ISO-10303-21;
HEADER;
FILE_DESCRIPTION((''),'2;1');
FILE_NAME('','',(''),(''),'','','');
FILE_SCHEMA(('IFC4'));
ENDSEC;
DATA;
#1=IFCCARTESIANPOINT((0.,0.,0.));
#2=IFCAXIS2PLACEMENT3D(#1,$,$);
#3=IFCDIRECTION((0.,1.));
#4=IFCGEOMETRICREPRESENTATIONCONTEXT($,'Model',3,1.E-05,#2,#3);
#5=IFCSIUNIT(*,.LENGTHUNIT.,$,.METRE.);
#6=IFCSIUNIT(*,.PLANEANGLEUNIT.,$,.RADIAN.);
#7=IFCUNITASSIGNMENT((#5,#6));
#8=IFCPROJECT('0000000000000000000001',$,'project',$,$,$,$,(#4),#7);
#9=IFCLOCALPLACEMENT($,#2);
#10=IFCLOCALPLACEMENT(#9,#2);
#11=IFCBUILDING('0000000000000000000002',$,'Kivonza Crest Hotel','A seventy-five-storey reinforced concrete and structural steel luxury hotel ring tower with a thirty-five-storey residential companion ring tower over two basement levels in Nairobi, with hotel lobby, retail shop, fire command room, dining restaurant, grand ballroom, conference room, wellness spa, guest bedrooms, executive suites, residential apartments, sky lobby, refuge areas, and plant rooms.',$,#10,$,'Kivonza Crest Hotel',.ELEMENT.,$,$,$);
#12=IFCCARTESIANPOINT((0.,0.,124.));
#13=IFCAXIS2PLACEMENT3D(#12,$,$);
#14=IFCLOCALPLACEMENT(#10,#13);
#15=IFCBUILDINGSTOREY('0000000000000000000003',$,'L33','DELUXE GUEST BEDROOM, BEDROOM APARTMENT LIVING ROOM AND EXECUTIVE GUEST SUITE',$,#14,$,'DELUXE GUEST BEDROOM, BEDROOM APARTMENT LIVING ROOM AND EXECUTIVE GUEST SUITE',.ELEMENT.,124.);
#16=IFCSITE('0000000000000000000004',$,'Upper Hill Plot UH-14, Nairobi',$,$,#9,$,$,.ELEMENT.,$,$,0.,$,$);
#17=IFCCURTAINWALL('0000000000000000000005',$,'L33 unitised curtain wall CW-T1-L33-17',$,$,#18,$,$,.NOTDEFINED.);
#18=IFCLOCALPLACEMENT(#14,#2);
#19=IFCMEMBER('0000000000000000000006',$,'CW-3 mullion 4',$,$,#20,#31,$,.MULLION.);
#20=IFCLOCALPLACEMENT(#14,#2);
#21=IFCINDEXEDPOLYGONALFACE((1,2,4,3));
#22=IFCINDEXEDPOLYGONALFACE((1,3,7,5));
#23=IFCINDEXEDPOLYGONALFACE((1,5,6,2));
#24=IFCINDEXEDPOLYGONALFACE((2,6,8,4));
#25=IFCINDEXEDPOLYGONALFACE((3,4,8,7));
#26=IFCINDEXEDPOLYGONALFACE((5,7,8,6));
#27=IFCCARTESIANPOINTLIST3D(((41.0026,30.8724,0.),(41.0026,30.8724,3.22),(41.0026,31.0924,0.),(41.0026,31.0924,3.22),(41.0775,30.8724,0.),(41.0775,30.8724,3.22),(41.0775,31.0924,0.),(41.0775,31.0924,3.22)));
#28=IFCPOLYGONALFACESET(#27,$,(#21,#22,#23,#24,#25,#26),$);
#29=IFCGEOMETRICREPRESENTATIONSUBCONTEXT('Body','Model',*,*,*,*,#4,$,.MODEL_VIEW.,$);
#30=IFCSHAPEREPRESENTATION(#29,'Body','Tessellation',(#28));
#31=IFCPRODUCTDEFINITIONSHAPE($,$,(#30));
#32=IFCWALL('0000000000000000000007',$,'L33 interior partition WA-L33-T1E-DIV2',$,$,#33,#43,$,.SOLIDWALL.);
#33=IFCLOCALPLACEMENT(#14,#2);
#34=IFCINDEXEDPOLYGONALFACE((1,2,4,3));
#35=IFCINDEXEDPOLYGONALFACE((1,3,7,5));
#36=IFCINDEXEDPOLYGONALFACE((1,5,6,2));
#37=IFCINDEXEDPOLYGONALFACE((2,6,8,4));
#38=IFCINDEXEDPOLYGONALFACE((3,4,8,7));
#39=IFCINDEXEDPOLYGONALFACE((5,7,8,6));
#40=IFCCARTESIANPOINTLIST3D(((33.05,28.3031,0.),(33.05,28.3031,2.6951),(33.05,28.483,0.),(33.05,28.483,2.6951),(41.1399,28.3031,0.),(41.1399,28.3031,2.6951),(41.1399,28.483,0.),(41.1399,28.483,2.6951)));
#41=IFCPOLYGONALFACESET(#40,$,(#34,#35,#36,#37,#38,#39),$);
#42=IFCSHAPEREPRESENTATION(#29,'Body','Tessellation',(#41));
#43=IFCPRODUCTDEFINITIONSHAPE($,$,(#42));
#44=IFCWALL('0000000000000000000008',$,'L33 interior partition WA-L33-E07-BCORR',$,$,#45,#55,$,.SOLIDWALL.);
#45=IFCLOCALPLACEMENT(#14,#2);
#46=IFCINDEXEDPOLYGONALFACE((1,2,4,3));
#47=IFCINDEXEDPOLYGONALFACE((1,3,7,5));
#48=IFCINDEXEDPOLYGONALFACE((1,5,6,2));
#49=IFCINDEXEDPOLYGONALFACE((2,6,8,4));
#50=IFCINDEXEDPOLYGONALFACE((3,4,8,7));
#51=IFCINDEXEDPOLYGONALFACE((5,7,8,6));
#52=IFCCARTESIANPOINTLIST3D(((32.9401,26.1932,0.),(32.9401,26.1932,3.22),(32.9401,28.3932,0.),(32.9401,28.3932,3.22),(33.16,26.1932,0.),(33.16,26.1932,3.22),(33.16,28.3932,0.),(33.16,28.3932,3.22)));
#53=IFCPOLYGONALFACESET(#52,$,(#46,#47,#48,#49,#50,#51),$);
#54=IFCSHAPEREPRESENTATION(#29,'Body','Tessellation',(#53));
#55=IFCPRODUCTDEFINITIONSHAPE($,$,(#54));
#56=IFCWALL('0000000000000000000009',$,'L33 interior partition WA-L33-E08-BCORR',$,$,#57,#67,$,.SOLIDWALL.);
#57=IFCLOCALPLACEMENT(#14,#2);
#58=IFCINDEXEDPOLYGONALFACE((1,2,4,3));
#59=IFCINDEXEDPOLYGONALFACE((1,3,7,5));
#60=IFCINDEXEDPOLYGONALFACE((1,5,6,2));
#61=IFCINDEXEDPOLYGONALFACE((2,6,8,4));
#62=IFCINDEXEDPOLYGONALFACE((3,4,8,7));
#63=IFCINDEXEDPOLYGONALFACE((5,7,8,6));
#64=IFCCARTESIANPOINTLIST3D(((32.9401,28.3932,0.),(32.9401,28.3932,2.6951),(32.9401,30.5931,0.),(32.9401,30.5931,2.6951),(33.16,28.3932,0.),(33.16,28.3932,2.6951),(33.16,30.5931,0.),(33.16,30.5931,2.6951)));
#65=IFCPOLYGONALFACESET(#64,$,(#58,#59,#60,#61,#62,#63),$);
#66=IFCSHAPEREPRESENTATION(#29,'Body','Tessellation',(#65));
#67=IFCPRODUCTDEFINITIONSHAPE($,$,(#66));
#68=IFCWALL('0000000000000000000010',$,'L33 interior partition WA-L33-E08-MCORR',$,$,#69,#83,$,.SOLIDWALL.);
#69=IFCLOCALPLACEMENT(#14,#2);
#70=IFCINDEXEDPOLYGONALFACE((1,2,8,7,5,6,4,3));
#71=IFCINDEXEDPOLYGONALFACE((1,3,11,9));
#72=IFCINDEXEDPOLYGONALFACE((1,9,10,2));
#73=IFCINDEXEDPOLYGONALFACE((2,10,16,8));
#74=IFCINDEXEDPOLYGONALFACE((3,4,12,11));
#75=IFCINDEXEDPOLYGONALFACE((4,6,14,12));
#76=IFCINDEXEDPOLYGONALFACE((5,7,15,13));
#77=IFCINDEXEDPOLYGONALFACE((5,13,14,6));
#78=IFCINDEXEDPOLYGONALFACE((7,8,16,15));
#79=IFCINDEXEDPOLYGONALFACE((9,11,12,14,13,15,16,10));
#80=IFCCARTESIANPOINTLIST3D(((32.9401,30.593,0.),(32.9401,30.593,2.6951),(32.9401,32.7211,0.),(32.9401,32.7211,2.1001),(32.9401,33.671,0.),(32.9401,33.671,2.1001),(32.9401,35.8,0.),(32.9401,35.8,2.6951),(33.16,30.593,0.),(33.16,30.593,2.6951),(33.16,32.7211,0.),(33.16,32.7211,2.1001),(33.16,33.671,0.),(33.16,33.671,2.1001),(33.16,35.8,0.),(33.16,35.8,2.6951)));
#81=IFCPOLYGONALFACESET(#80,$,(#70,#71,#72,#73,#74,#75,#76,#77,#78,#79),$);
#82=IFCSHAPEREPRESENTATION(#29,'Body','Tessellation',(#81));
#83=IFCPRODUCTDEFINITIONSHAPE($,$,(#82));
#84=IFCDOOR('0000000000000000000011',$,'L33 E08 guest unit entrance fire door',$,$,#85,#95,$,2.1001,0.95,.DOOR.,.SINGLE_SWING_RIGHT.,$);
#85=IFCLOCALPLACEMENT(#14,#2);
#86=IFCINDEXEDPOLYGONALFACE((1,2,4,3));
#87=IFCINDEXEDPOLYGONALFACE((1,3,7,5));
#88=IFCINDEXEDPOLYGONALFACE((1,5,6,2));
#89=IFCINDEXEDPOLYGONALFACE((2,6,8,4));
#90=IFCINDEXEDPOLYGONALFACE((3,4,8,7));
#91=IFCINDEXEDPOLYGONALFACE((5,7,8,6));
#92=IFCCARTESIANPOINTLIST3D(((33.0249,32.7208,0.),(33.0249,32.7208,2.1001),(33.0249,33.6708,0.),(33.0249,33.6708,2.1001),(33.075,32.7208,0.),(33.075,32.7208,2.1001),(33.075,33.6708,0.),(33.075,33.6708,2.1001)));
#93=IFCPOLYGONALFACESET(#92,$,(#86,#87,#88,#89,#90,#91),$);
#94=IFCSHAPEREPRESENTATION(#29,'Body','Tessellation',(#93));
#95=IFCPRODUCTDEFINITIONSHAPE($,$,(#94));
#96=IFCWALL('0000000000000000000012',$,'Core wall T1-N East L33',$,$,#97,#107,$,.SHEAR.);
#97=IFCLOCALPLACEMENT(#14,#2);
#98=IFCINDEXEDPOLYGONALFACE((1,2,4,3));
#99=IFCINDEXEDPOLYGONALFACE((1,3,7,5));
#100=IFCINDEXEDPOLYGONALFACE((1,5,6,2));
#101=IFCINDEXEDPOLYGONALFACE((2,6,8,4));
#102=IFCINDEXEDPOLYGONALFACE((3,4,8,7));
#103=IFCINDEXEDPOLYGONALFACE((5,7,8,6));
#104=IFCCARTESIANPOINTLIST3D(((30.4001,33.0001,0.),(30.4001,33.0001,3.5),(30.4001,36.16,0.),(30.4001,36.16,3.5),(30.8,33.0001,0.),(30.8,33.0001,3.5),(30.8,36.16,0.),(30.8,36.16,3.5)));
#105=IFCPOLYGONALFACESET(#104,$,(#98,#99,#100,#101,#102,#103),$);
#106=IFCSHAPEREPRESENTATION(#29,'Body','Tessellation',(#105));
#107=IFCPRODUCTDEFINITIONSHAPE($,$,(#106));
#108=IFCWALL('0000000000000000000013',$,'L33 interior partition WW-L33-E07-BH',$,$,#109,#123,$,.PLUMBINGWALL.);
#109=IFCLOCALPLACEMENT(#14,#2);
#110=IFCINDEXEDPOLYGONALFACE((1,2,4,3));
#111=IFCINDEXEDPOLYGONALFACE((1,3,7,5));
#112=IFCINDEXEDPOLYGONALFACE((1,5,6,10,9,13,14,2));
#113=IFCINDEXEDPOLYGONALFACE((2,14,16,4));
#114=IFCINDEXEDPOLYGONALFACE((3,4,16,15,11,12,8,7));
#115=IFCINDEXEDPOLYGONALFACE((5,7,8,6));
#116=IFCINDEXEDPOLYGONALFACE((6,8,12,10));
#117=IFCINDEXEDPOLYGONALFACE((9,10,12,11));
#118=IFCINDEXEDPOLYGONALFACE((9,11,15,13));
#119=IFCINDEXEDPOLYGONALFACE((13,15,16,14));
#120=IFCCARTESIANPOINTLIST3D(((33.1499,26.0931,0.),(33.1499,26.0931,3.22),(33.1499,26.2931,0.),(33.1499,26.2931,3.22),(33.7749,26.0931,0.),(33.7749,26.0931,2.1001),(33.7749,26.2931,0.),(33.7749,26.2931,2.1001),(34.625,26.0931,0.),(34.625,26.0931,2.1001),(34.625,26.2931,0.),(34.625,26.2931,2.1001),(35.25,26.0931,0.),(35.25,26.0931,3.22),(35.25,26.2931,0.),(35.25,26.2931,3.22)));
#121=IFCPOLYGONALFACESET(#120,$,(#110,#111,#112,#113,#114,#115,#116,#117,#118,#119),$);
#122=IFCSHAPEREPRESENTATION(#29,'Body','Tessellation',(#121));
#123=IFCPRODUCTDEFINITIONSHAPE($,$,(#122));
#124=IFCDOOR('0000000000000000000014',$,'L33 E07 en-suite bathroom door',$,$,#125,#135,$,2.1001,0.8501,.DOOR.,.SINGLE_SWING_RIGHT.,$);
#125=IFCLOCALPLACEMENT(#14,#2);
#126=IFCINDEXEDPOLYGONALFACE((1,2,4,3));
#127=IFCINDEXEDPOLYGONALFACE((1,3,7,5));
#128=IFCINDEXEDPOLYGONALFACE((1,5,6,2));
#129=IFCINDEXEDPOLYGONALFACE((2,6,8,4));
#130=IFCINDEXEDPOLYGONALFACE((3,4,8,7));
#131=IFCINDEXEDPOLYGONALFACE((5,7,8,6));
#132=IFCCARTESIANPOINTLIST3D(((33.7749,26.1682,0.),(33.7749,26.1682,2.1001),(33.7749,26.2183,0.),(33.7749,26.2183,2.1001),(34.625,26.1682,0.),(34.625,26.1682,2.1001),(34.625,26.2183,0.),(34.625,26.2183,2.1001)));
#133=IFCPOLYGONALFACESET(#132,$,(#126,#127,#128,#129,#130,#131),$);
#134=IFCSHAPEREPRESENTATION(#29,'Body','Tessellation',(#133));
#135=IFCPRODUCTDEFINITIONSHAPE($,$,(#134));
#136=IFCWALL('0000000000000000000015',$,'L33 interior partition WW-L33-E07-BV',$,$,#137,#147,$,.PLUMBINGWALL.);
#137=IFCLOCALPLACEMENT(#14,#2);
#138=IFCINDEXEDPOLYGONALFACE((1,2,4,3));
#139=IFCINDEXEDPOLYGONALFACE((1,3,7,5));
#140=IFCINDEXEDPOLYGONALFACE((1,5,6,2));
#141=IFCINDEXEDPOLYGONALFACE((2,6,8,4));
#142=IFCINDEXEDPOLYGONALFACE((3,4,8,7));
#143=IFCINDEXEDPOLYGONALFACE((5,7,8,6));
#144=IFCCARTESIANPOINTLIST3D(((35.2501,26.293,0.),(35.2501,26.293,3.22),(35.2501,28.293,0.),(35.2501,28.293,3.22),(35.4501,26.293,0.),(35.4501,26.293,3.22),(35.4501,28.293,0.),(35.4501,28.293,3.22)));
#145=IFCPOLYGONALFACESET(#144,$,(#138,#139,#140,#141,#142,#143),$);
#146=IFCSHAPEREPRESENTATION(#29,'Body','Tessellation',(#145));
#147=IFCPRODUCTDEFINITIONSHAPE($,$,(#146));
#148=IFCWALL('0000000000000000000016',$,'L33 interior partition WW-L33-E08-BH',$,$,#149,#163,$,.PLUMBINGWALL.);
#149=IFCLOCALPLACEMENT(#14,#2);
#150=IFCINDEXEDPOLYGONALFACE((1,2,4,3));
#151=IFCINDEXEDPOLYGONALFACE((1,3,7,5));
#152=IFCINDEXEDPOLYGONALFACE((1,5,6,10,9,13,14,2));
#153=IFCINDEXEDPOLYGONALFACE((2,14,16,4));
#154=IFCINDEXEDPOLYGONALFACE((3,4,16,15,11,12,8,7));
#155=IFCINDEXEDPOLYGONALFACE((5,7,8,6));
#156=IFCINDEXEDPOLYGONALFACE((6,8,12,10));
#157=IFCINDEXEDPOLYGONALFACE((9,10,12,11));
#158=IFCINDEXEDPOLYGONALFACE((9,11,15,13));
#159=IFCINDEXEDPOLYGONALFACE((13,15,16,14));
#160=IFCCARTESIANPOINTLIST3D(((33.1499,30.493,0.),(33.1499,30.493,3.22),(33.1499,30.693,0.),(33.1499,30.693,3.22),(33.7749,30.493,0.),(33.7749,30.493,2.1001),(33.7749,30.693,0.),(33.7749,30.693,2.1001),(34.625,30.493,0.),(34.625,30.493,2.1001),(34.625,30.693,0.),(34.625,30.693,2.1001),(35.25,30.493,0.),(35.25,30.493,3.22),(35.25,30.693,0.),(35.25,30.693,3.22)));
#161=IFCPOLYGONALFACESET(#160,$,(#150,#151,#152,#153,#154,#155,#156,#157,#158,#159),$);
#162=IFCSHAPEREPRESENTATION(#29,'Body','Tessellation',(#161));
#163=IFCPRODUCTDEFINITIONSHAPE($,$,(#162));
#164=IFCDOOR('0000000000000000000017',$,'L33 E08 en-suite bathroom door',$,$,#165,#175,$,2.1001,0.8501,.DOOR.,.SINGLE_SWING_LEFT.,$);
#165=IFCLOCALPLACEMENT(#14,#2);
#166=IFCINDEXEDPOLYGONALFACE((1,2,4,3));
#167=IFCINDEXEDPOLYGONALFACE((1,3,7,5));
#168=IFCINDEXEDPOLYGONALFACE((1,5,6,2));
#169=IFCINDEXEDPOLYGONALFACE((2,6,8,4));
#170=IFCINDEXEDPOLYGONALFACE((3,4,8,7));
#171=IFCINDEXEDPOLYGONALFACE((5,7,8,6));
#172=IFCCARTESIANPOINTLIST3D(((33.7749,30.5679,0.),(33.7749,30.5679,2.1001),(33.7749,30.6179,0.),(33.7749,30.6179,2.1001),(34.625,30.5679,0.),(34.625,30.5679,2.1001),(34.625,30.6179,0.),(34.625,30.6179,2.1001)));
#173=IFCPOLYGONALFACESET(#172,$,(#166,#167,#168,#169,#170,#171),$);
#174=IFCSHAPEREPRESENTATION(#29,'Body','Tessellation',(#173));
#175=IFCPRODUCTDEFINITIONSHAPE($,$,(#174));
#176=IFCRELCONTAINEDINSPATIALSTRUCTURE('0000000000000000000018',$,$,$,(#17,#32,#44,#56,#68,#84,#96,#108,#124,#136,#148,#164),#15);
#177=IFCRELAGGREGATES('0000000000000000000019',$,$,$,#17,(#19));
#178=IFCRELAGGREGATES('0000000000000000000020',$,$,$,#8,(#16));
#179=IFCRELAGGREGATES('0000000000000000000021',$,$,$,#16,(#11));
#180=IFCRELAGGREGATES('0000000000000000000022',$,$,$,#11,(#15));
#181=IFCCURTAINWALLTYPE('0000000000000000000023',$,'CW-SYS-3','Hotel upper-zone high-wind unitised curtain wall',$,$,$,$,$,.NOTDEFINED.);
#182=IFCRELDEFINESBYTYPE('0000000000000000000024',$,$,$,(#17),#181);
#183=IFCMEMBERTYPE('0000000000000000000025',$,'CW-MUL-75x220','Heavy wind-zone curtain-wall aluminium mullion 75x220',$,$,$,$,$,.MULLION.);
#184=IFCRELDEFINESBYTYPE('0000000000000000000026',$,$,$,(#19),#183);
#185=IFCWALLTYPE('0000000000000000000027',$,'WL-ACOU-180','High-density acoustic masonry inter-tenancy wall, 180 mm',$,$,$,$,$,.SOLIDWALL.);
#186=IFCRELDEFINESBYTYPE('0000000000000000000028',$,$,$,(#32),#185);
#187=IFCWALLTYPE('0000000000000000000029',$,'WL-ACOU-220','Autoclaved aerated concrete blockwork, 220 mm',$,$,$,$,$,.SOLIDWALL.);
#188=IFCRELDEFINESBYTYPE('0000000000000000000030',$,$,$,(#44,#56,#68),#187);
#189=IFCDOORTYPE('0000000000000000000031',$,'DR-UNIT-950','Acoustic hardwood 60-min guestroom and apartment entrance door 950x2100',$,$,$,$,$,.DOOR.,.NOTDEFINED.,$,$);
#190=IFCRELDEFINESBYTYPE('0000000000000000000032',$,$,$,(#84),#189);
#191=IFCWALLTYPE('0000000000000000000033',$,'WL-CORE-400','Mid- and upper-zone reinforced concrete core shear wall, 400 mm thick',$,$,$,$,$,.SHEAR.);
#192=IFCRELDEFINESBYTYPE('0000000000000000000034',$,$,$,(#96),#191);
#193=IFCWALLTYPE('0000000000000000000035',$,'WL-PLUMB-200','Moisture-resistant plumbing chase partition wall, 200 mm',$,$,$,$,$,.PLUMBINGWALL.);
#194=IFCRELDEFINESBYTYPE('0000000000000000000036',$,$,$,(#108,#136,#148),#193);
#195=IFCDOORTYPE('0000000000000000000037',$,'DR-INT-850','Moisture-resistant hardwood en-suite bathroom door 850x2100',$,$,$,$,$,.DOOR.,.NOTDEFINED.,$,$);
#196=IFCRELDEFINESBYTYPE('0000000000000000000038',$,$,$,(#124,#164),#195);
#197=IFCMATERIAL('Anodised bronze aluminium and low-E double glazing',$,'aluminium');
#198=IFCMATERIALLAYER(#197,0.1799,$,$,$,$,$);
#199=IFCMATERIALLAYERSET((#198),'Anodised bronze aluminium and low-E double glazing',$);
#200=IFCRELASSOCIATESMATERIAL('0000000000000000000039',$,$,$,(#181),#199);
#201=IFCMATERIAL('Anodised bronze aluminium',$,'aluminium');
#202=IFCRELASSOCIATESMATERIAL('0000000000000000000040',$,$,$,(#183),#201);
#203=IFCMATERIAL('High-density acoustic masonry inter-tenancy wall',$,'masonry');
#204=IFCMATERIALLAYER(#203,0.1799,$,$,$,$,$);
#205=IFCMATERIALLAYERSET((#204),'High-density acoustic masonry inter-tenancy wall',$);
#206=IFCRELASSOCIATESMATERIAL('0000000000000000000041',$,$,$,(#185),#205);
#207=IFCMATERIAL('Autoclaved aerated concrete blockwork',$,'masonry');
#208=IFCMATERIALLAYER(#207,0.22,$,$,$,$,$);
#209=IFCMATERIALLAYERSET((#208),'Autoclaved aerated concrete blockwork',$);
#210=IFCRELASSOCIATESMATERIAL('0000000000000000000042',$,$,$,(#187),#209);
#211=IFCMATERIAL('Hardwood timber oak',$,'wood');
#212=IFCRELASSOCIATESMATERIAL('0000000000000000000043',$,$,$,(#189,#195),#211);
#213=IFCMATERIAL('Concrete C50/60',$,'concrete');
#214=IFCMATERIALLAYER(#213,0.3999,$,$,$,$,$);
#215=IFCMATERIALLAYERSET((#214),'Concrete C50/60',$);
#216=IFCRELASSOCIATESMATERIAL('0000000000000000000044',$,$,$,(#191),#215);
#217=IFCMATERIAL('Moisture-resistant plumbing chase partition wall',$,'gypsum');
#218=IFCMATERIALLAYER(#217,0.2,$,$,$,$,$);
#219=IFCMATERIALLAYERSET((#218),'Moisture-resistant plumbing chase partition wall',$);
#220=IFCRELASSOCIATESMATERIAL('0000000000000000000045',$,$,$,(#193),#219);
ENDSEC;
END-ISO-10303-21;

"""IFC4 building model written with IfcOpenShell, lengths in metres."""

from ifc_helpers import new_model, si_unit, direction, frame, frame_2d, origin, origin_2d, place, context, subcontext, project, spatial, rectangle, extrude, material, layer, layer_set, material_profile, profile_set, type_object, element, fill, aggregate, save


model = new_model("IFC4")

# Units and contexts
model_context = context("Model", 3, precision=1e-05, world=origin(), true_north=direction((0.0, 1.0)))
body_context = subcontext(model_context, "Body", "Model", "MODEL_VIEW")
ifc_project = project(units=[si_unit("LENGTHUNIT", "METRE"), si_unit("PLANEANGLEUNIT", "RADIAN")], contexts=[model_context])

# Site, building, storey
site_placement = place(None, origin())
site = spatial("IfcSite", under=ifc_project, at=site_placement, Name="Upper Hill Plot UH-14, Nairobi", CompositionType="ELEMENT", RefElevation=0.0)
building_placement = place(site_placement, origin())
building = spatial("IfcBuilding", under=site, at=building_placement, Name="Kivonza Crest Hotel", Description="A seventy-five-storey reinforced concrete and structural steel luxury hotel ring tower with a thirty-five-storey residential companion ring tower over two basement levels in Nairobi, with hotel lobby, retail shop, fire command room, dining restaurant, grand ballroom, conference room, wellness spa, guest bedrooms, executive suites, residential apartments, sky lobby, refuge areas, and plant rooms.", LongName="Kivonza Crest Hotel", CompositionType="ELEMENT")
storey_placement = place(building_placement, frame((0.0, 0.0, 124.0)))
storey = spatial("IfcBuildingStorey", under=building, at=storey_placement, Name="L33", Description="DELUXE GUEST BEDROOM, BEDROOM APARTMENT LIVING ROOM AND EXECUTIVE GUEST SUITE", LongName="DELUXE GUEST BEDROOM, BEDROOM APARTMENT LIVING ROOM AND EXECUTIVE GUEST SUITE", CompositionType="ELEMENT", Elevation=124.0)

# Shared definitions
ifc_material_1 = material(Name="Concrete C50/60", Category="concrete")

# Curtain wall, member
ifc_material_2 = material(Name="Anodised bronze aluminium and low-E double glazing", Category="aluminium")
ifc_layer_1 = layer(ifc_material_2, 0.1799)
ifc_layer_set_1 = layer_set([ifc_layer_1], Name="Anodised bronze aluminium and low-E double glazing")
curtain_wall_type = type_object("IfcCurtainWallType", Name="CW-SYS-3", Description="Hotel upper-zone high-wind unitised curtain wall", PredefinedType="NOTDEFINED", material=ifc_layer_set_1)
curtain_wall_placement = place(storey_placement, origin())
curtain_wall = element("IfcCurtainWall", 1, at=curtain_wall_placement, inside=storey, type_object=curtain_wall_type, Name="L33 unitised curtain wall CW-T1-L33-17", PredefinedType="NOTDEFINED")
ifc_material_3 = material(Name="Anodised bronze aluminium", Category="aluminium")
ifc_material_profile_1 = material_profile(ifc_material_3, rectangle(XDim=0.075, YDim=0.22, at=origin_2d()), Name="CW-M 75x220")
ifc_profile_set_1 = profile_set([ifc_material_profile_1], Name="Anodised bronze aluminium")
member_type = type_object("IfcMemberType", Name="CW-MUL-75x220", Description="Heavy wind-zone curtain-wall aluminium mullion 75x220", PredefinedType="MULLION", material=ifc_profile_set_1)
member_1_placement = place(storey_placement, frame((41.04, 30.9824, 0.0), z_axis=(0.0, 0.0, 1.0), x_axis=(-1.0, 0.0, 0.0)))
member_1 = element("IfcMember", 2, at=member_1_placement, type_object=member_type, Name="CW-3 mullion 4", PredefinedType="MULLION", context=body_context, shape_type="SweptSolid", body=[
    extrude(rectangle(XDim=0.075, YDim=0.22, at=origin_2d()), origin(), (0.0, 0.0, 1.0), 3.22),
])
aggregate(curtain_wall, [member_1])

# Walls
ifc_material_4 = material(Name="High-density acoustic masonry inter-tenancy wall", Category="masonry")
ifc_layer_2 = layer(ifc_material_4, 0.1799)
ifc_layer_set_2 = layer_set([ifc_layer_2], Name="High-density acoustic masonry inter-tenancy wall")
wall_type_1 = type_object("IfcWallType", Name="WL-ACOU-180", Description="High-density acoustic masonry inter-tenancy wall, 180 mm", PredefinedType="SOLIDWALL", material=ifc_layer_set_2)
wall_1_placement = place(storey_placement, frame((33.05, 28.3931, 0.0), z_axis=(0.0, 0.0, 1.0), x_axis=(1.0, 0.0, 0.0)))
element("IfcWall", 3, at=wall_1_placement, inside=storey, type_object=wall_type_1, Name="L33 interior partition WA-L33-T1E-DIV2", PredefinedType="SOLIDWALL", context=body_context, shape_type="SweptSolid", body=[
    extrude(rectangle(XDim=8.0898, YDim=0.1799, at=frame_2d((4.0449, 0.0))), origin(), (0.0, 0.0, 1.0), 2.6951),
])
ifc_material_5 = material(Name="Autoclaved aerated concrete blockwork", Category="masonry")
ifc_layer_3 = layer(ifc_material_5, 0.22)
ifc_layer_set_3 = layer_set([ifc_layer_3], Name="Autoclaved aerated concrete blockwork")
wall_type_2 = type_object("IfcWallType", Name="WL-ACOU-220", Description="Autoclaved aerated concrete blockwork, 220 mm", PredefinedType="SOLIDWALL", material=ifc_layer_set_3)
wall_2_placement = place(storey_placement, frame((33.05, 26.1931, 0.0), z_axis=(0.0, 0.0, 1.0), x_axis=(0.0, 1.0, 0.0)))
element("IfcWall", 4, at=wall_2_placement, inside=storey, type_object=wall_type_2, Name="L33 interior partition WA-L33-E07-BCORR", PredefinedType="SOLIDWALL", context=body_context, shape_type="SweptSolid", body=[
    extrude(rectangle(XDim=2.2, YDim=0.22, at=frame_2d((1.1001, 0.0))), origin(), (0.0, 0.0, 1.0), 3.22),
])
wall_3_placement = place(storey_placement, frame((33.05, 28.3931, 0.0), z_axis=(0.0, 0.0, 1.0), x_axis=(0.0, 1.0, 0.0)))
element("IfcWall", 5, at=wall_3_placement, inside=storey, type_object=wall_type_2, Name="L33 interior partition WA-L33-E08-BCORR", PredefinedType="SOLIDWALL", context=body_context, shape_type="SweptSolid", body=[
    extrude(rectangle(XDim=2.2, YDim=0.22, at=frame_2d((1.1001, 0.0))), origin(), (0.0, 0.0, 1.0), 2.6951),
])

# Wall, opening, door
wall_4_placement = place(storey_placement, frame((33.05, 30.593, 0.0), z_axis=(0.0, 0.0, 1.0), x_axis=(0.0, 1.0, 0.0)))
wall_4 = element("IfcWall", 6, at=wall_4_placement, inside=storey, type_object=wall_type_2, Name="L33 interior partition WA-L33-E08-MCORR", PredefinedType="SOLIDWALL", context=body_context, shape_type="SweptSolid", body=[
    extrude(rectangle(XDim=5.207, YDim=0.22, at=frame_2d((2.6035, 0.0))), origin(), (0.0, 0.0, 1.0), 2.6951),
])
opening_1_placement = place(wall_4_placement, frame((2.1279, 0.0, 0.0)))
opening_1 = element("IfcOpeningElement", 7, at=opening_1_placement, cuts=wall_4, PredefinedType="OPENING", context=body_context, shape_type="SweptSolid", body=[
    extrude(rectangle(XDim=0.95, YDim=2.1001, at=frame_2d((0.4751, 1.05))), frame((0.0, 0.1201, 0.0), z_axis=(0.0, -1.0, 0.0), x_axis=(1.0, 0.0, 0.0)), (0.0, 0.0, 1.0), 0.24),
])
ifc_material_6 = material(Name="Hardwood timber oak", Category="wood")
door_type_1 = type_object("IfcDoorType", Name="DR-UNIT-950", Description="Acoustic hardwood 60-min guestroom and apartment entrance door 950x2100", OperationType="NOTDEFINED", PredefinedType="DOOR", material=ifc_material_6)
door_1_placement = place(opening_1_placement, frame((0.95, 0.0, 0.0), z_axis=(0.0, 0.0, 1.0), x_axis=(-1.0, 0.0, 0.0)))
door_1 = element("IfcDoor", 8, at=door_1_placement, inside=storey, type_object=door_type_1, Name="L33 E08 guest unit entrance fire door", OperationType="SINGLE_SWING_RIGHT", OverallHeight=2.1001, OverallWidth=0.95, PredefinedType="DOOR", context=body_context, shape_type="SweptSolid", body=[
    extrude(rectangle(XDim=0.95, YDim=2.1001, at=frame_2d((0.4751, 1.05))), frame((0.0, 0.0249, 0.0), z_axis=(0.0, -1.0, 0.0), x_axis=(1.0, 0.0, 0.0)), (0.0, 0.0, 1.0), 0.05),
])
fill(opening_1, door_1)

# Wall
ifc_layer_4 = layer(ifc_material_1, 0.3999)
ifc_layer_set_4 = layer_set([ifc_layer_4], Name="Concrete C50/60")
wall_type_3 = type_object("IfcWallType", Name="WL-CORE-400", Description="Mid- and upper-zone reinforced concrete core shear wall, 400 mm thick", PredefinedType="SHEAR", material=ifc_layer_set_4)
wall_5_placement = place(storey_placement, frame((30.6001, 33.0, 0.0), z_axis=(0.0, 0.0, 1.0), x_axis=(0.0, 1.0, 0.0)))
element("IfcWall", 9, at=wall_5_placement, inside=storey, type_object=wall_type_3, Name="Core wall T1-N East L33", PredefinedType="SHEAR", context=body_context, shape_type="SweptSolid", body=[
    extrude(rectangle(XDim=3.1599, YDim=0.3999, at=frame_2d((1.5801, 0.0))), origin(), (0.0, 0.0, 1.0), 3.5),
])

# Wall, opening, door
ifc_material_7 = material(Name="Moisture-resistant plumbing chase partition wall", Category="gypsum")
ifc_layer_5 = layer(ifc_material_7, 0.2)
ifc_layer_set_5 = layer_set([ifc_layer_5], Name="Moisture-resistant plumbing chase partition wall")
wall_type_4 = type_object("IfcWallType", Name="WL-PLUMB-200", Description="Moisture-resistant plumbing chase partition wall, 200 mm", PredefinedType="PLUMBINGWALL", material=ifc_layer_set_5)
wall_6_placement = place(storey_placement, frame((33.1499, 26.1931, 0.0), z_axis=(0.0, 0.0, 1.0), x_axis=(1.0, 0.0, 0.0)))
wall_6 = element("IfcWall", 10, at=wall_6_placement, inside=storey, type_object=wall_type_4, Name="L33 interior partition WW-L33-E07-BH", PredefinedType="PLUMBINGWALL", context=body_context, shape_type="SweptSolid", body=[
    extrude(rectangle(XDim=2.1001, YDim=0.2, at=frame_2d((1.05, 0.0))), origin(), (0.0, 0.0, 1.0), 3.22),
])
opening_2_placement = place(wall_6_placement, frame((0.625, 0.0, 0.0)))
opening_2 = element("IfcOpeningElement", 11, at=opening_2_placement, cuts=wall_6, PredefinedType="OPENING", context=body_context, shape_type="SweptSolid", body=[
    extrude(rectangle(XDim=0.8501, YDim=2.1001, at=frame_2d((0.425, 1.05))), frame((0.0, 0.1099, 0.0), z_axis=(0.0, -1.0, 0.0), x_axis=(1.0, 0.0, 0.0)), (0.0, 0.0, 1.0), 0.22),
])
door_type_2 = type_object("IfcDoorType", Name="DR-INT-850", Description="Moisture-resistant hardwood en-suite bathroom door 850x2100", OperationType="NOTDEFINED", PredefinedType="DOOR", material=ifc_material_6)
door_2_placement = place(opening_2_placement, frame((0.8501, 0.0, 0.0), z_axis=(0.0, 0.0, 1.0), x_axis=(-1.0, 0.0, 0.0)))
door_2 = element("IfcDoor", 12, at=door_2_placement, inside=storey, type_object=door_type_2, Name="L33 E07 en-suite bathroom door", OperationType="SINGLE_SWING_RIGHT", OverallHeight=2.1001, OverallWidth=0.8501, PredefinedType="DOOR", context=body_context, shape_type="SweptSolid", body=[
    extrude(rectangle(XDim=0.8501, YDim=2.1001, at=frame_2d((0.425, 1.05))), frame((0.0, 0.0249, 0.0), z_axis=(0.0, -1.0, 0.0), x_axis=(1.0, 0.0, 0.0)), (0.0, 0.0, 1.0), 0.05),
])
fill(opening_2, door_2)

# Wall
wall_7_placement = place(storey_placement, frame((35.3501, 26.293, 0.0), z_axis=(0.0, 0.0, 1.0), x_axis=(0.0, 1.0, 0.0)))
element("IfcWall", 13, at=wall_7_placement, inside=storey, type_object=wall_type_4, Name="L33 interior partition WW-L33-E07-BV", PredefinedType="PLUMBINGWALL", context=body_context, shape_type="SweptSolid", body=[
    extrude(rectangle(XDim=2.0, YDim=0.2, at=frame_2d((1.0, 0.0))), origin(), (0.0, 0.0, 1.0), 3.22),
])

# Wall, opening, door
wall_8_placement = place(storey_placement, frame((33.1499, 30.593, 0.0), z_axis=(0.0, 0.0, 1.0), x_axis=(1.0, 0.0, 0.0)))
wall_8 = element("IfcWall", 14, at=wall_8_placement, inside=storey, type_object=wall_type_4, Name="L33 interior partition WW-L33-E08-BH", PredefinedType="PLUMBINGWALL", context=body_context, shape_type="SweptSolid", body=[
    extrude(rectangle(XDim=2.1001, YDim=0.2, at=frame_2d((1.05, 0.0))), origin(), (0.0, 0.0, 1.0), 3.22),
])
opening_3_placement = place(wall_8_placement, frame((0.625, 0.0, 0.0)))
opening_3 = element("IfcOpeningElement", 15, at=opening_3_placement, cuts=wall_8, PredefinedType="OPENING", context=body_context, shape_type="SweptSolid", body=[
    extrude(rectangle(XDim=0.8501, YDim=2.1001, at=frame_2d((0.425, 1.05))), frame((0.0, 0.1099, 0.0), z_axis=(0.0, -1.0, 0.0), x_axis=(1.0, 0.0, 0.0)), (0.0, 0.0, 1.0), 0.22),
])
door_3_placement = place(opening_3_placement, origin())
door_3 = element("IfcDoor", 16, at=door_3_placement, inside=storey, type_object=door_type_2, Name="L33 E08 en-suite bathroom door", OperationType="SINGLE_SWING_LEFT", OverallHeight=2.1001, OverallWidth=0.8501, PredefinedType="DOOR", context=body_context, shape_type="SweptSolid", body=[
    extrude(rectangle(XDim=0.8501, YDim=2.1001, at=frame_2d((0.425, 1.05))), frame((0.0, 0.0249, 0.0), z_axis=(0.0, -1.0, 0.0), x_axis=(1.0, 0.0, 0.0)), (0.0, 0.0, 1.0), 0.05),
])
fill(opening_3, door_3)

save(model, "model.ifc")
